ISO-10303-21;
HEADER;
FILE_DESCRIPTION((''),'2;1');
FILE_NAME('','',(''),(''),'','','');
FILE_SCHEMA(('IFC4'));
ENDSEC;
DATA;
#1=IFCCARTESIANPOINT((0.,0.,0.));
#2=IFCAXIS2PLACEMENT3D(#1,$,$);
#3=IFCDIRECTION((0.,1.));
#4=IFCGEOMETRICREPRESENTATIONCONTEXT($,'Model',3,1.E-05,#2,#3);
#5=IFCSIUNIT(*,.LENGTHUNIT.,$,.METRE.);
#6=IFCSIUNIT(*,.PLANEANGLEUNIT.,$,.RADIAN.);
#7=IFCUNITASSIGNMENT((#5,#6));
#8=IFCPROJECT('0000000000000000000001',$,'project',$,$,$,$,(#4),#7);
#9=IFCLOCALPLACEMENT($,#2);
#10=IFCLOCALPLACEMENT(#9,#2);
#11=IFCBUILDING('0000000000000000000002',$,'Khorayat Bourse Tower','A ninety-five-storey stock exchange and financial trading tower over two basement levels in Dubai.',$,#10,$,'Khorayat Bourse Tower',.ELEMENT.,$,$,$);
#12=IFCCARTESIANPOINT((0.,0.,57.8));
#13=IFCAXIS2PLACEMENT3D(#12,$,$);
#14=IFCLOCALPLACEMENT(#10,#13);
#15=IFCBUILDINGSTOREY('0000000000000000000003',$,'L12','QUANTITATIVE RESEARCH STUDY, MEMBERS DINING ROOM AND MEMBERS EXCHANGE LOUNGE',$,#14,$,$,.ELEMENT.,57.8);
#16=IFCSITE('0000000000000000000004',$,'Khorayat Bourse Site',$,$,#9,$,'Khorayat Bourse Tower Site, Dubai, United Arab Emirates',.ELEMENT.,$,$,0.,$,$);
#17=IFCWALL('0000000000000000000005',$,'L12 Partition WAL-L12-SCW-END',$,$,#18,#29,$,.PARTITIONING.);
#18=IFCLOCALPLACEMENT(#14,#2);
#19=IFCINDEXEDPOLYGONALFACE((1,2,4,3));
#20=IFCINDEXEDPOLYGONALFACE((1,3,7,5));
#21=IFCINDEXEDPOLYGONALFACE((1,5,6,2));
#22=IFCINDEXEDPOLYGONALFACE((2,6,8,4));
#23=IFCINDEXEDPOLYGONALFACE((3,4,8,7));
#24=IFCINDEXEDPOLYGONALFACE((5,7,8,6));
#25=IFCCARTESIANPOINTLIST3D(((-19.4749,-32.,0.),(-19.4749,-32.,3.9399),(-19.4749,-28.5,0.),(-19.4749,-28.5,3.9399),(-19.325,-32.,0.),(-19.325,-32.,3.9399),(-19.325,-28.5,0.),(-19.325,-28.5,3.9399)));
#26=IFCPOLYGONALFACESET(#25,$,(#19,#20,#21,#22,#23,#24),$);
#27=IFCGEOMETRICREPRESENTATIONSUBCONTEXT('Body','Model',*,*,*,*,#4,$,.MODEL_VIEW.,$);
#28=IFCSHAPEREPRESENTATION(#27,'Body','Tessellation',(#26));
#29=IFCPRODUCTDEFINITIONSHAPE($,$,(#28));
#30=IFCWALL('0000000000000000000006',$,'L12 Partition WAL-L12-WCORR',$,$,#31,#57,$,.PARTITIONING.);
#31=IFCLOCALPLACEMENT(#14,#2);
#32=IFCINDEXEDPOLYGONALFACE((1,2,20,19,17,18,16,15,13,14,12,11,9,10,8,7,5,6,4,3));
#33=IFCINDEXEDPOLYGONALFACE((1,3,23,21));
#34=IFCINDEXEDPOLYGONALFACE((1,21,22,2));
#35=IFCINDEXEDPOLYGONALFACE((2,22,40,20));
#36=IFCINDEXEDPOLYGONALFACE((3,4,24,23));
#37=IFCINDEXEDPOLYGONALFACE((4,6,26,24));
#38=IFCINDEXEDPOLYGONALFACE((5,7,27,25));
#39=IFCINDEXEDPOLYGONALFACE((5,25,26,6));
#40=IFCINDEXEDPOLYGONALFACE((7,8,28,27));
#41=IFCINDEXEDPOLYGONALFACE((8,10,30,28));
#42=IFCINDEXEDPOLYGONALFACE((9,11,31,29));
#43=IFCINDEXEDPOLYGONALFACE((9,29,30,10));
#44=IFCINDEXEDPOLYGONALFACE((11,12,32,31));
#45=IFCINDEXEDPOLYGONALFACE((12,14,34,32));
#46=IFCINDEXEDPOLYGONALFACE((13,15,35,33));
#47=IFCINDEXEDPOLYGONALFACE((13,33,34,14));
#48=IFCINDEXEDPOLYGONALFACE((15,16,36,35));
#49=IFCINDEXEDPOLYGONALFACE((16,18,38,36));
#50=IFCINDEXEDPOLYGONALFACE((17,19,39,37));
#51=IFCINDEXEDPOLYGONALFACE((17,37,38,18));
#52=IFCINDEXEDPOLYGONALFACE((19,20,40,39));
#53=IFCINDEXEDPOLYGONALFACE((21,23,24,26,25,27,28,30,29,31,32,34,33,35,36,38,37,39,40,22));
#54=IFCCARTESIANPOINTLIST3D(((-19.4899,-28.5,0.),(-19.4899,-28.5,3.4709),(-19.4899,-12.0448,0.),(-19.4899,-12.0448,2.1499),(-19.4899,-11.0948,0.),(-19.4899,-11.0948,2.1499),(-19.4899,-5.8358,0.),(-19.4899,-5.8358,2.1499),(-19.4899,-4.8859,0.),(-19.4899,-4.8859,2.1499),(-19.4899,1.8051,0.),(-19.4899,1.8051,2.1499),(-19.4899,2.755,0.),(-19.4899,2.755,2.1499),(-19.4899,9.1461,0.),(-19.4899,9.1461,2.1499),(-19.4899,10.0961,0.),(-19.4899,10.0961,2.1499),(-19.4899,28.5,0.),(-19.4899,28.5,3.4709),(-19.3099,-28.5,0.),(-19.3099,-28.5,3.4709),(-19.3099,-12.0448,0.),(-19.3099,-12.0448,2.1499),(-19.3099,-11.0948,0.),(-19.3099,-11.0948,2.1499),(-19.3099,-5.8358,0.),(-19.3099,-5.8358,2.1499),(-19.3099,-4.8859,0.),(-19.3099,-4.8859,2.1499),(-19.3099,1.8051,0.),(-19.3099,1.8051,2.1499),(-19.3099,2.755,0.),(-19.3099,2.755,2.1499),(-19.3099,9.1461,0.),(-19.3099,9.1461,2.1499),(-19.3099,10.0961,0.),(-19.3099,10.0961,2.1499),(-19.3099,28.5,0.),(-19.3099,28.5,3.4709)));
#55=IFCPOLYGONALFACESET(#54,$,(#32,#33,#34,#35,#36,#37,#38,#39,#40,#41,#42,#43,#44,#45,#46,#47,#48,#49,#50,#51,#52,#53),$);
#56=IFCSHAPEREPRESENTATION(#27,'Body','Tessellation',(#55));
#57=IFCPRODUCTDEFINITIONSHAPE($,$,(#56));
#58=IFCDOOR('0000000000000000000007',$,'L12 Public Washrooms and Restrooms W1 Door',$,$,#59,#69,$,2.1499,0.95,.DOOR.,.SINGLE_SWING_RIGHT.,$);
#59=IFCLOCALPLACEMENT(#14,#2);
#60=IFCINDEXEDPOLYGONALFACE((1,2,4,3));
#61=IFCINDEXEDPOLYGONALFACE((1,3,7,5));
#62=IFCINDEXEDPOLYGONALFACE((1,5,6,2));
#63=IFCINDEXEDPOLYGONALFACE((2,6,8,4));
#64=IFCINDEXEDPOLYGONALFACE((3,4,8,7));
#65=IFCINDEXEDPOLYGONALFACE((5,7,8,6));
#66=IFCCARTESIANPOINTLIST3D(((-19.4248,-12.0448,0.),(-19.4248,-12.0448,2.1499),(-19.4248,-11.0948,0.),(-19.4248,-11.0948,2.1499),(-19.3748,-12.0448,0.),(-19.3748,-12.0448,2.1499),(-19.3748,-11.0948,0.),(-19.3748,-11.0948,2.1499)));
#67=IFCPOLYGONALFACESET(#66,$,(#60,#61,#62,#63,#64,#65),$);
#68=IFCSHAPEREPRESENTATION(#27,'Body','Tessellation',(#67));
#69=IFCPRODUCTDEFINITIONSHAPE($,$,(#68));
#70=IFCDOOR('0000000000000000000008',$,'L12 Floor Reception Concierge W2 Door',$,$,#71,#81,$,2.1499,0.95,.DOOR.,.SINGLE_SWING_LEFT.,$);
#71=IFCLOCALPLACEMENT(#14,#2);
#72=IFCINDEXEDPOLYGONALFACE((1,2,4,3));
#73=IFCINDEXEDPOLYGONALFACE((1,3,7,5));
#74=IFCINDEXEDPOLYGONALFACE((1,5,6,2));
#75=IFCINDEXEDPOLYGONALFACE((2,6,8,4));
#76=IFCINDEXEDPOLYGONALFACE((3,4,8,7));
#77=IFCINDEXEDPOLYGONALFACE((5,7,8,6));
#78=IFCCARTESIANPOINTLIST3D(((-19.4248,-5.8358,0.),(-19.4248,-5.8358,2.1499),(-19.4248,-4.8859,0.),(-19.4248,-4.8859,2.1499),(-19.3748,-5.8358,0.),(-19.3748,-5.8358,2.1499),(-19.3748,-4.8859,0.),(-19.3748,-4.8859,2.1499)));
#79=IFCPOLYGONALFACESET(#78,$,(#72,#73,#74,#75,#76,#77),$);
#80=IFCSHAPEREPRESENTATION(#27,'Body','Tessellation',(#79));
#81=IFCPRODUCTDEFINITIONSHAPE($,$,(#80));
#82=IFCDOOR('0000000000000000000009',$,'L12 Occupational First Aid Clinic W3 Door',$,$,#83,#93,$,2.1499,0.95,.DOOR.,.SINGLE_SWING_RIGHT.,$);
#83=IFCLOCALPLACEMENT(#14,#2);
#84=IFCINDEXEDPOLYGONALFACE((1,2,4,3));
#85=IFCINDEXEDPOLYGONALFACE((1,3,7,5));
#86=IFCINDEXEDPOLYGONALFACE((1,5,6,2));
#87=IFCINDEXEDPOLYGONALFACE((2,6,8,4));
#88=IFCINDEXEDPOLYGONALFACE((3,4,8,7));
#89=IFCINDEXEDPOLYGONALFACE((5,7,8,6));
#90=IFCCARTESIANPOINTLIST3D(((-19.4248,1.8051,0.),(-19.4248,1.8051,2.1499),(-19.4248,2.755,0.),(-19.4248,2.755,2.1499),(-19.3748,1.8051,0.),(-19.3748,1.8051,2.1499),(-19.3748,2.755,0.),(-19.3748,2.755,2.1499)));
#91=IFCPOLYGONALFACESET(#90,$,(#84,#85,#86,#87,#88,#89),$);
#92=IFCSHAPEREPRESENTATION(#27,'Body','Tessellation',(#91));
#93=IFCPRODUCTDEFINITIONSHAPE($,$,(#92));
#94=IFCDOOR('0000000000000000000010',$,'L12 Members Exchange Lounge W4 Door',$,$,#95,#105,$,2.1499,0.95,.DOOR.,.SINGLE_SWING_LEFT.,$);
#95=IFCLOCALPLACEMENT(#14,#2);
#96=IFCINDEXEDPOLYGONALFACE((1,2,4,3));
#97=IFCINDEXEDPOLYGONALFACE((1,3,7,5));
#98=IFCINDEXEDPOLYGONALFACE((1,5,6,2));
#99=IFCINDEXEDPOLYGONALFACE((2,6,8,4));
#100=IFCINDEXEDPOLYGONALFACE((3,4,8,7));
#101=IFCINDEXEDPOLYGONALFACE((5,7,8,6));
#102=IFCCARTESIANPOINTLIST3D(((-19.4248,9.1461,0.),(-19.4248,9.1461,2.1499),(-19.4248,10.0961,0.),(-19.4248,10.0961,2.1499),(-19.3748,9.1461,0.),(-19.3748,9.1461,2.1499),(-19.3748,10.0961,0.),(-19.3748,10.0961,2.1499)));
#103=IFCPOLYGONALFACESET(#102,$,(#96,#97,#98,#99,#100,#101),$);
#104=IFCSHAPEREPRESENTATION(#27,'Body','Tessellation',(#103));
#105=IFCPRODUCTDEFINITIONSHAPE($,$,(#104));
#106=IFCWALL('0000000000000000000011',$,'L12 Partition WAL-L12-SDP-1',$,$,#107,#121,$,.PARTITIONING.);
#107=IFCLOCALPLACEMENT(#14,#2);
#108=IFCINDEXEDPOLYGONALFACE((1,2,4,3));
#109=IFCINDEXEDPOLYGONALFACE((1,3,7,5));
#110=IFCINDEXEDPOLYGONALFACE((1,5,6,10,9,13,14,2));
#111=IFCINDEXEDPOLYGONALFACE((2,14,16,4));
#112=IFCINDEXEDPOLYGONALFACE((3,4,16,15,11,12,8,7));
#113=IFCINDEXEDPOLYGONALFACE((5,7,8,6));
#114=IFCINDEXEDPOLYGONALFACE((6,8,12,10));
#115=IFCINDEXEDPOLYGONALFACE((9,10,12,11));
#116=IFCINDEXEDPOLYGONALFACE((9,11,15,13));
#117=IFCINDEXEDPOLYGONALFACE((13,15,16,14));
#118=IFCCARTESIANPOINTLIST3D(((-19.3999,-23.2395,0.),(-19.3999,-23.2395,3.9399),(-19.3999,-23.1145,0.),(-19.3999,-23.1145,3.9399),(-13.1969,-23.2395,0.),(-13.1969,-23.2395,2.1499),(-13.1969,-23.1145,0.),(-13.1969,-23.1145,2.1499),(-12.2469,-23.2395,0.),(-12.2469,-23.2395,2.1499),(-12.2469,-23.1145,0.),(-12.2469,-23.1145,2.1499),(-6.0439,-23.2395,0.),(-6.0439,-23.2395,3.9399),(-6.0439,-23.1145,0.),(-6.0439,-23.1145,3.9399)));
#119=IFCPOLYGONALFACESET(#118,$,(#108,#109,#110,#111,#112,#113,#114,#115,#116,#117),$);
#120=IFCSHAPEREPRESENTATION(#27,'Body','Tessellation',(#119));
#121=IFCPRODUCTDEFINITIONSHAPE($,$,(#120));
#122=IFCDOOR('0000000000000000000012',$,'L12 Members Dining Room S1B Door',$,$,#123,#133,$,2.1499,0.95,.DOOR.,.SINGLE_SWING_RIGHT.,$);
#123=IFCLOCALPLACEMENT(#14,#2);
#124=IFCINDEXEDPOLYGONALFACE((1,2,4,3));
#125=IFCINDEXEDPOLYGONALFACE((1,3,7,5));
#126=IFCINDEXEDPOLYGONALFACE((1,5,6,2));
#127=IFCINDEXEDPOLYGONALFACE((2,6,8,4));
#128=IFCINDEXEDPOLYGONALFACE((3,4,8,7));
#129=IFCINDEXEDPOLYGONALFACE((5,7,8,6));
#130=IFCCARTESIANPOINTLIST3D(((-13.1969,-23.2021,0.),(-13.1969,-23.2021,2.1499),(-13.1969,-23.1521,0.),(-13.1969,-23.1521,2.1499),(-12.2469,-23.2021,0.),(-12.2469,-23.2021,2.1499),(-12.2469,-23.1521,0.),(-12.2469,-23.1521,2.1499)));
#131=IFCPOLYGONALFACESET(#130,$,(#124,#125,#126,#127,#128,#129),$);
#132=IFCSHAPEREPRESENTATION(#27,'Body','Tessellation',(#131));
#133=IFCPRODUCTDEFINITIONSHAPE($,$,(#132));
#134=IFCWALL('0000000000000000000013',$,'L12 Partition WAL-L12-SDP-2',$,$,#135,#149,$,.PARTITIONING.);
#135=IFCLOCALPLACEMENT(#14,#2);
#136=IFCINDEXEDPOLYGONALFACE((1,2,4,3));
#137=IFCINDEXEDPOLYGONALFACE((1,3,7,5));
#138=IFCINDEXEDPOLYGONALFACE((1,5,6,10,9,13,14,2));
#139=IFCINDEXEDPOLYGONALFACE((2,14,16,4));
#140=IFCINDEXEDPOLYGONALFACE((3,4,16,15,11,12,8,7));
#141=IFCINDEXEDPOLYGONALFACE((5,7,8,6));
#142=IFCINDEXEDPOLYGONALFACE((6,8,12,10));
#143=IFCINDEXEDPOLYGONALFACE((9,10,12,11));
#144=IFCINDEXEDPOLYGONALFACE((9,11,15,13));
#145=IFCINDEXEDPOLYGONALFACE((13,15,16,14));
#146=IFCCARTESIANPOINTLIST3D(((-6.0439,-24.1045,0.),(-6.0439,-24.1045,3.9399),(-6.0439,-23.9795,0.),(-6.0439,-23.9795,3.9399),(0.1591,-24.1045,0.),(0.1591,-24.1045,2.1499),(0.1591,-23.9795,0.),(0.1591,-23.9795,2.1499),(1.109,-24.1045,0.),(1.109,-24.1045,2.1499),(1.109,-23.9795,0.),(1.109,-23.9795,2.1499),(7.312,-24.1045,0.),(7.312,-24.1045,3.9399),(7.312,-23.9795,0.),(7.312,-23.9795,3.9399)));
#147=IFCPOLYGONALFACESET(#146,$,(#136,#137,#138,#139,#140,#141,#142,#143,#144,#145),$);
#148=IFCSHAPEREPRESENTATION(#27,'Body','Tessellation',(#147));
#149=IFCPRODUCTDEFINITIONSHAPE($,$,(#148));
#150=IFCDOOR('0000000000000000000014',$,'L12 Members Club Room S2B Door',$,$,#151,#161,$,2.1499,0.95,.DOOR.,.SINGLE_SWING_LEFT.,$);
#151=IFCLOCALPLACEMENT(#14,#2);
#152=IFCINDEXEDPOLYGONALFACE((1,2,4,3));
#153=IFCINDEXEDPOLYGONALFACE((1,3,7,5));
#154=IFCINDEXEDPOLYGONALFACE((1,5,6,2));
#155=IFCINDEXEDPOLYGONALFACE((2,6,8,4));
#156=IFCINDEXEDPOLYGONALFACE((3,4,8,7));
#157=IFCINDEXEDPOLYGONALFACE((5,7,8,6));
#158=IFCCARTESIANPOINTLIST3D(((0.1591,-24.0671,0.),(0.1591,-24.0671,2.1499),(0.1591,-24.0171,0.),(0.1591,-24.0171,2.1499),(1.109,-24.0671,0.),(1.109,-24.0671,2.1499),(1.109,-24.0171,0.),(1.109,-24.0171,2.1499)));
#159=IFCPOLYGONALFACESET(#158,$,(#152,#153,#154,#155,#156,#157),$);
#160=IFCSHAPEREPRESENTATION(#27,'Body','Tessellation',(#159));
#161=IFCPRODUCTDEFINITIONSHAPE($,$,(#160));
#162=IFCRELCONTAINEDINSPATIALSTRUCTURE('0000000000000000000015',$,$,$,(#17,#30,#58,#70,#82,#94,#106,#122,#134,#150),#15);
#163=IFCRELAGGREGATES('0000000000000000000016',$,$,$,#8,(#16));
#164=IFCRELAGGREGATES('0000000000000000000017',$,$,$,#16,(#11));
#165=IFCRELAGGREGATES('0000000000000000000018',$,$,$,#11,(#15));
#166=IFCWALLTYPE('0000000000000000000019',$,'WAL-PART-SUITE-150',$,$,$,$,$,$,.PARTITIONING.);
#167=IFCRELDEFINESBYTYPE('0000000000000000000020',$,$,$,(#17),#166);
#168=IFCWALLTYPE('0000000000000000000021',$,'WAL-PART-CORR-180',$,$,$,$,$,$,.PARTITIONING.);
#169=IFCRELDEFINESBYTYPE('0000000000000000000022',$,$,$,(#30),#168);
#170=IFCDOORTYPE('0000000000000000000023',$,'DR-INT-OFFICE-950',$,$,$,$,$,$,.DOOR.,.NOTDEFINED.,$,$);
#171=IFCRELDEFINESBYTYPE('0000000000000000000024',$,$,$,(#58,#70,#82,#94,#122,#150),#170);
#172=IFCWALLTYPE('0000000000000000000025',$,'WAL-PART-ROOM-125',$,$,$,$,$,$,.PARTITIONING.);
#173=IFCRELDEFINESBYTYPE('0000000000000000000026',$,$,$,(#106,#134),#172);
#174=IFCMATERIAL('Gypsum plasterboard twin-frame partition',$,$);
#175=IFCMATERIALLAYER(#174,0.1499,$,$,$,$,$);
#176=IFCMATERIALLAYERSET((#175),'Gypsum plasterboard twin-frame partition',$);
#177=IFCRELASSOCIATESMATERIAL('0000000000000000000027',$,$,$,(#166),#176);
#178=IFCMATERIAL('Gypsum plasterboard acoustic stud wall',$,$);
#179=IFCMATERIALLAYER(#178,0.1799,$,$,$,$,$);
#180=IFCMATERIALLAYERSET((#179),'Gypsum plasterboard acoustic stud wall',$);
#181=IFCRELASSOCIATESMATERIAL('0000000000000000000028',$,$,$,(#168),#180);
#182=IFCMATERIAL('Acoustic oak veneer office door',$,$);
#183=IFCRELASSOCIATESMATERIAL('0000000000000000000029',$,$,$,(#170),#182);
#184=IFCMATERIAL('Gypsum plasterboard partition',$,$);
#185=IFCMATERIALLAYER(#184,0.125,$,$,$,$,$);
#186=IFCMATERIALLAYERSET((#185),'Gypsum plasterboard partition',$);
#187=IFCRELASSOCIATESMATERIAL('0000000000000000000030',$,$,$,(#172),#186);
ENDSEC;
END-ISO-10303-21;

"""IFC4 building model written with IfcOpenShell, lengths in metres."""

from ifc_helpers import new_model, si_unit, direction, frame, frame_2d, origin, place, context, subcontext, project, spatial, rectangle, extrude, source, transform, mapped, material, layer, layer_set, type_object, element, fill, save


model = new_model("IFC4")

# Units and contexts
model_context = context("Model", 3, precision=1e-05, world=origin(), true_north=direction((0.0, 1.0)))
body_context = subcontext(model_context, "Body", "Model", "MODEL_VIEW")
ifc_project = project(units=[si_unit("LENGTHUNIT", "METRE"), si_unit("PLANEANGLEUNIT", "RADIAN")], contexts=[model_context])

# Site, building, storey
site_placement = place(None, origin())
site = spatial("IfcSite", under=ifc_project, at=site_placement, Name="Khorayat Bourse Site", LongName="Khorayat Bourse Tower Site, Dubai, United Arab Emirates", CompositionType="ELEMENT", RefElevation=0.0)
building_placement = place(site_placement, origin())
building = spatial("IfcBuilding", under=site, at=building_placement, Name="Khorayat Bourse Tower", Description="A ninety-five-storey stock exchange and financial trading tower over two basement levels in Dubai.", LongName="Khorayat Bourse Tower", CompositionType="ELEMENT")
storey_placement = place(building_placement, frame((0.0, 0.0, 57.8)))
storey = spatial("IfcBuildingStorey", under=building, at=storey_placement, Name="L12", Description="QUANTITATIVE RESEARCH STUDY, MEMBERS DINING ROOM AND MEMBERS EXCHANGE LOUNGE", CompositionType="ELEMENT", Elevation=57.8)

# Wall
ifc_material_1 = material(Name="Gypsum plasterboard twin-frame partition")
ifc_layer_1 = layer(ifc_material_1, 0.1499)
ifc_layer_set_1 = layer_set([ifc_layer_1], Name="Gypsum plasterboard twin-frame partition")
wall_type_1 = type_object("IfcWallType", Name="WAL-PART-SUITE-150", PredefinedType="PARTITIONING", material=ifc_layer_set_1)
shared_shape_1 = source(origin(), body_context, "Body", "SweptSolid", [
    extrude(rectangle(XDim=3.5, YDim=0.1499, at=frame_2d((1.75, 0.0))), origin(), (0.0, 0.0, 1.0), 3.9399),
])
wall_1_placement = place(storey_placement, frame((-19.3999, -32.0, 0.0), z_axis=(0.0, 0.0, 1.0), x_axis=(0.0, 1.0, 0.0)))
element("IfcWall", 1, at=wall_1_placement, inside=storey, type_object=wall_type_1, Name="L12 Partition WAL-L12-SCW-END", PredefinedType="PARTITIONING", context=body_context, shape_type="MappedRepresentation", body=[
    mapped(shared_shape_1, transform((0.0, 0.0, 0.0), scale=1.0)),
])

# Wall, openings, doors
ifc_material_2 = material(Name="Gypsum plasterboard acoustic stud wall")
ifc_layer_2 = layer(ifc_material_2, 0.1799)
ifc_layer_set_2 = layer_set([ifc_layer_2], Name="Gypsum plasterboard acoustic stud wall")
wall_type_2 = type_object("IfcWallType", Name="WAL-PART-CORR-180", PredefinedType="PARTITIONING", material=ifc_layer_set_2)
shared_shape_2 = source(origin(), body_context, "Body", "SweptSolid", [
    extrude(rectangle(XDim=57.0, YDim=0.1799, at=frame_2d((28.5, 0.0))), origin(), (0.0, 0.0, 1.0), 3.4709),
])
wall_2_placement = place(storey_placement, frame((-19.3999, -28.5, 0.0), z_axis=(0.0, 0.0, 1.0), x_axis=(0.0, 1.0, 0.0)))
wall_2 = element("IfcWall", 2, at=wall_2_placement, inside=storey, type_object=wall_type_2, Name="L12 Partition WAL-L12-WCORR", PredefinedType="PARTITIONING", context=body_context, shape_type="MappedRepresentation", body=[
    mapped(shared_shape_2, transform((0.0, 0.0, 0.0), scale=1.0)),
])
shared_shape_3 = source(origin(), body_context, "Body", "SweptSolid", [
    extrude(rectangle(XDim=0.95, YDim=2.1499, at=frame_2d((0.4751, 1.075))), frame((0.0, 0.0999, 0.0), z_axis=(0.0, -1.0, 0.0), x_axis=(1.0, 0.0, 0.0)), (0.0, 0.0, 1.0), 0.2),
])
opening_1_placement = place(wall_2_placement, frame((16.4551, 0.0, 0.0)))
opening_1 = element("IfcOpeningElement", 3, at=opening_1_placement, cuts=wall_2, PredefinedType="OPENING", context=body_context, shape_type="MappedRepresentation", body=[
    mapped(shared_shape_3, transform((0.0, 0.0, 0.0), scale=1.0)),
])
opening_2_placement = place(wall_2_placement, frame((22.6641, 0.0, 0.0)))
opening_2 = element("IfcOpeningElement", 4, at=opening_2_placement, cuts=wall_2, PredefinedType="OPENING", context=body_context, shape_type="MappedRepresentation", body=[
    mapped(shared_shape_3, transform((0.0, 0.0, 0.0), scale=1.0)),
])
opening_3_placement = place(wall_2_placement, frame((30.3049, 0.0, 0.0)))
opening_3 = element("IfcOpeningElement", 5, at=opening_3_placement, cuts=wall_2, PredefinedType="OPENING", context=body_context, shape_type="MappedRepresentation", body=[
    mapped(shared_shape_3, transform((0.0, 0.0, 0.0), scale=1.0)),
])
opening_4_placement = place(wall_2_placement, frame((37.646, 0.0, 0.0)))
opening_4 = element("IfcOpeningElement", 6, at=opening_4_placement, cuts=wall_2, PredefinedType="OPENING", context=body_context, shape_type="MappedRepresentation", body=[
    mapped(shared_shape_3, transform((0.0, 0.0, 0.0), scale=1.0)),
])
ifc_material_3 = material(Name="Acoustic oak veneer office door")
door_type = type_object("IfcDoorType", Name="DR-INT-OFFICE-950", OperationType="NOTDEFINED", PredefinedType="DOOR", material=ifc_material_3)
shared_shape_4 = source(origin(), body_context, "Body", "SweptSolid", [
    extrude(rectangle(XDim=0.95, YDim=2.1499, at=frame_2d((0.4751, 1.075))), frame((0.0, 0.0249, 0.0), z_axis=(0.0, -1.0, 0.0), x_axis=(1.0, 0.0, 0.0)), (0.0, 0.0, 1.0), 0.05),
])
door_1_placement = place(opening_1_placement, origin())
door_1 = element("IfcDoor", 7, at=door_1_placement, inside=storey, type_object=door_type, Name="L12 Public Washrooms and Restrooms W1 Door", OperationType="SINGLE_SWING_RIGHT", OverallHeight=2.1499, OverallWidth=0.95, PredefinedType="DOOR", context=body_context, shape_type="MappedRepresentation", body=[
    mapped(shared_shape_4, transform((0.0, 0.0, 0.0), scale=1.0)),
])
fill(opening_1, door_1)
door_2_placement = place(opening_2_placement, origin())
door_2 = element("IfcDoor", 8, at=door_2_placement, inside=storey, type_object=door_type, Name="L12 Floor Reception Concierge W2 Door", OperationType="SINGLE_SWING_LEFT", OverallHeight=2.1499, OverallWidth=0.95, PredefinedType="DOOR", context=body_context, shape_type="MappedRepresentation", body=[
    mapped(shared_shape_4, transform((0.0, 0.0, 0.0), scale=1.0)),
])
fill(opening_2, door_2)
door_3_placement = place(opening_3_placement, origin())
door_3 = element("IfcDoor", 9, at=door_3_placement, inside=storey, type_object=door_type, Name="L12 Occupational First Aid Clinic W3 Door", OperationType="SINGLE_SWING_RIGHT", OverallHeight=2.1499, OverallWidth=0.95, PredefinedType="DOOR", context=body_context, shape_type="MappedRepresentation", body=[
    mapped(shared_shape_4, transform((0.0, 0.0, 0.0), scale=1.0)),
])
fill(opening_3, door_3)
door_4_placement = place(opening_4_placement, origin())
door_4 = element("IfcDoor", 10, at=door_4_placement, inside=storey, type_object=door_type, Name="L12 Members Exchange Lounge W4 Door", OperationType="SINGLE_SWING_LEFT", OverallHeight=2.1499, OverallWidth=0.95, PredefinedType="DOOR", context=body_context, shape_type="MappedRepresentation", body=[
    mapped(shared_shape_4, transform((0.0, 0.0, 0.0), scale=1.0)),
])
fill(opening_4, door_4)

# Walls, openings, doors
ifc_material_4 = material(Name="Gypsum plasterboard partition")
ifc_layer_3 = layer(ifc_material_4, 0.125)
ifc_layer_set_3 = layer_set([ifc_layer_3], Name="Gypsum plasterboard partition")
wall_type_3 = type_object("IfcWallType", Name="WAL-PART-ROOM-125", PredefinedType="PARTITIONING", material=ifc_layer_set_3)
shared_shape_5 = source(origin(), body_context, "Body", "SweptSolid", [
    extrude(rectangle(XDim=13.356, YDim=0.125, at=frame_2d((6.678, 0.0))), origin(), (0.0, 0.0, 1.0), 3.9399),
])
wall_3_placement = place(storey_placement, frame((-19.3999, -23.177, 0.0), z_axis=(0.0, 0.0, 1.0), x_axis=(1.0, 0.0, 0.0)))
wall_3 = element("IfcWall", 11, at=wall_3_placement, inside=storey, type_object=wall_type_3, Name="L12 Partition WAL-L12-SDP-1", PredefinedType="PARTITIONING", context=body_context, shape_type="MappedRepresentation", body=[
    mapped(shared_shape_5, transform((0.0, 0.0, 0.0), scale=1.0)),
])
shared_shape_6 = source(origin(), body_context, "Body", "SweptSolid", [
    extrude(rectangle(XDim=0.95, YDim=2.1499, at=frame_2d((0.4751, 1.075))), frame((0.0, 0.0725, 0.0), z_axis=(0.0, -1.0, 0.0), x_axis=(1.0, 0.0, 0.0)), (0.0, 0.0, 1.0), 0.145),
])
opening_5_placement = place(wall_3_placement, frame((6.2029, 0.0, 0.0)))
opening_5 = element("IfcOpeningElement", 12, at=opening_5_placement, cuts=wall_3, PredefinedType="OPENING", context=body_context, shape_type="MappedRepresentation", body=[
    mapped(shared_shape_6, transform((0.0, 0.0, 0.0), scale=1.0)),
])
door_5_placement = place(opening_5_placement, origin())
door_5 = element("IfcDoor", 13, at=door_5_placement, inside=storey, type_object=door_type, Name="L12 Members Dining Room S1B Door", OperationType="SINGLE_SWING_RIGHT", OverallHeight=2.1499, OverallWidth=0.95, PredefinedType="DOOR", context=body_context, shape_type="MappedRepresentation", body=[
    mapped(shared_shape_4, transform((0.0, 0.0, 0.0), scale=1.0)),
])
fill(opening_5, door_5)
wall_4_placement = place(storey_placement, frame((-6.0439, -24.042, 0.0), z_axis=(0.0, 0.0, 1.0), x_axis=(1.0, 0.0, 0.0)))
wall_4 = element("IfcWall", 14, at=wall_4_placement, inside=storey, type_object=wall_type_3, Name="L12 Partition WAL-L12-SDP-2", PredefinedType="PARTITIONING", context=body_context, shape_type="MappedRepresentation", body=[
    mapped(shared_shape_5, transform((0.0, 0.0, 0.0), scale=1.0)),
])
opening_6_placement = place(wall_4_placement, frame((6.2029, 0.0, 0.0)))
opening_6 = element("IfcOpeningElement", 15, at=opening_6_placement, cuts=wall_4, PredefinedType="OPENING", context=body_context, shape_type="MappedRepresentation", body=[
    mapped(shared_shape_6, transform((0.0, 0.0, 0.0), scale=1.0)),
])
door_6_placement = place(opening_6_placement, origin())
door_6 = element("IfcDoor", 16, at=door_6_placement, inside=storey, type_object=door_type, Name="L12 Members Club Room S2B Door", OperationType="SINGLE_SWING_LEFT", OverallHeight=2.1499, OverallWidth=0.95, PredefinedType="DOOR", context=body_context, shape_type="MappedRepresentation", body=[
    mapped(shared_shape_4, transform((0.0, 0.0, 0.0), scale=1.0)),
])
fill(opening_6, door_6)

save(model, "model.ifc")
